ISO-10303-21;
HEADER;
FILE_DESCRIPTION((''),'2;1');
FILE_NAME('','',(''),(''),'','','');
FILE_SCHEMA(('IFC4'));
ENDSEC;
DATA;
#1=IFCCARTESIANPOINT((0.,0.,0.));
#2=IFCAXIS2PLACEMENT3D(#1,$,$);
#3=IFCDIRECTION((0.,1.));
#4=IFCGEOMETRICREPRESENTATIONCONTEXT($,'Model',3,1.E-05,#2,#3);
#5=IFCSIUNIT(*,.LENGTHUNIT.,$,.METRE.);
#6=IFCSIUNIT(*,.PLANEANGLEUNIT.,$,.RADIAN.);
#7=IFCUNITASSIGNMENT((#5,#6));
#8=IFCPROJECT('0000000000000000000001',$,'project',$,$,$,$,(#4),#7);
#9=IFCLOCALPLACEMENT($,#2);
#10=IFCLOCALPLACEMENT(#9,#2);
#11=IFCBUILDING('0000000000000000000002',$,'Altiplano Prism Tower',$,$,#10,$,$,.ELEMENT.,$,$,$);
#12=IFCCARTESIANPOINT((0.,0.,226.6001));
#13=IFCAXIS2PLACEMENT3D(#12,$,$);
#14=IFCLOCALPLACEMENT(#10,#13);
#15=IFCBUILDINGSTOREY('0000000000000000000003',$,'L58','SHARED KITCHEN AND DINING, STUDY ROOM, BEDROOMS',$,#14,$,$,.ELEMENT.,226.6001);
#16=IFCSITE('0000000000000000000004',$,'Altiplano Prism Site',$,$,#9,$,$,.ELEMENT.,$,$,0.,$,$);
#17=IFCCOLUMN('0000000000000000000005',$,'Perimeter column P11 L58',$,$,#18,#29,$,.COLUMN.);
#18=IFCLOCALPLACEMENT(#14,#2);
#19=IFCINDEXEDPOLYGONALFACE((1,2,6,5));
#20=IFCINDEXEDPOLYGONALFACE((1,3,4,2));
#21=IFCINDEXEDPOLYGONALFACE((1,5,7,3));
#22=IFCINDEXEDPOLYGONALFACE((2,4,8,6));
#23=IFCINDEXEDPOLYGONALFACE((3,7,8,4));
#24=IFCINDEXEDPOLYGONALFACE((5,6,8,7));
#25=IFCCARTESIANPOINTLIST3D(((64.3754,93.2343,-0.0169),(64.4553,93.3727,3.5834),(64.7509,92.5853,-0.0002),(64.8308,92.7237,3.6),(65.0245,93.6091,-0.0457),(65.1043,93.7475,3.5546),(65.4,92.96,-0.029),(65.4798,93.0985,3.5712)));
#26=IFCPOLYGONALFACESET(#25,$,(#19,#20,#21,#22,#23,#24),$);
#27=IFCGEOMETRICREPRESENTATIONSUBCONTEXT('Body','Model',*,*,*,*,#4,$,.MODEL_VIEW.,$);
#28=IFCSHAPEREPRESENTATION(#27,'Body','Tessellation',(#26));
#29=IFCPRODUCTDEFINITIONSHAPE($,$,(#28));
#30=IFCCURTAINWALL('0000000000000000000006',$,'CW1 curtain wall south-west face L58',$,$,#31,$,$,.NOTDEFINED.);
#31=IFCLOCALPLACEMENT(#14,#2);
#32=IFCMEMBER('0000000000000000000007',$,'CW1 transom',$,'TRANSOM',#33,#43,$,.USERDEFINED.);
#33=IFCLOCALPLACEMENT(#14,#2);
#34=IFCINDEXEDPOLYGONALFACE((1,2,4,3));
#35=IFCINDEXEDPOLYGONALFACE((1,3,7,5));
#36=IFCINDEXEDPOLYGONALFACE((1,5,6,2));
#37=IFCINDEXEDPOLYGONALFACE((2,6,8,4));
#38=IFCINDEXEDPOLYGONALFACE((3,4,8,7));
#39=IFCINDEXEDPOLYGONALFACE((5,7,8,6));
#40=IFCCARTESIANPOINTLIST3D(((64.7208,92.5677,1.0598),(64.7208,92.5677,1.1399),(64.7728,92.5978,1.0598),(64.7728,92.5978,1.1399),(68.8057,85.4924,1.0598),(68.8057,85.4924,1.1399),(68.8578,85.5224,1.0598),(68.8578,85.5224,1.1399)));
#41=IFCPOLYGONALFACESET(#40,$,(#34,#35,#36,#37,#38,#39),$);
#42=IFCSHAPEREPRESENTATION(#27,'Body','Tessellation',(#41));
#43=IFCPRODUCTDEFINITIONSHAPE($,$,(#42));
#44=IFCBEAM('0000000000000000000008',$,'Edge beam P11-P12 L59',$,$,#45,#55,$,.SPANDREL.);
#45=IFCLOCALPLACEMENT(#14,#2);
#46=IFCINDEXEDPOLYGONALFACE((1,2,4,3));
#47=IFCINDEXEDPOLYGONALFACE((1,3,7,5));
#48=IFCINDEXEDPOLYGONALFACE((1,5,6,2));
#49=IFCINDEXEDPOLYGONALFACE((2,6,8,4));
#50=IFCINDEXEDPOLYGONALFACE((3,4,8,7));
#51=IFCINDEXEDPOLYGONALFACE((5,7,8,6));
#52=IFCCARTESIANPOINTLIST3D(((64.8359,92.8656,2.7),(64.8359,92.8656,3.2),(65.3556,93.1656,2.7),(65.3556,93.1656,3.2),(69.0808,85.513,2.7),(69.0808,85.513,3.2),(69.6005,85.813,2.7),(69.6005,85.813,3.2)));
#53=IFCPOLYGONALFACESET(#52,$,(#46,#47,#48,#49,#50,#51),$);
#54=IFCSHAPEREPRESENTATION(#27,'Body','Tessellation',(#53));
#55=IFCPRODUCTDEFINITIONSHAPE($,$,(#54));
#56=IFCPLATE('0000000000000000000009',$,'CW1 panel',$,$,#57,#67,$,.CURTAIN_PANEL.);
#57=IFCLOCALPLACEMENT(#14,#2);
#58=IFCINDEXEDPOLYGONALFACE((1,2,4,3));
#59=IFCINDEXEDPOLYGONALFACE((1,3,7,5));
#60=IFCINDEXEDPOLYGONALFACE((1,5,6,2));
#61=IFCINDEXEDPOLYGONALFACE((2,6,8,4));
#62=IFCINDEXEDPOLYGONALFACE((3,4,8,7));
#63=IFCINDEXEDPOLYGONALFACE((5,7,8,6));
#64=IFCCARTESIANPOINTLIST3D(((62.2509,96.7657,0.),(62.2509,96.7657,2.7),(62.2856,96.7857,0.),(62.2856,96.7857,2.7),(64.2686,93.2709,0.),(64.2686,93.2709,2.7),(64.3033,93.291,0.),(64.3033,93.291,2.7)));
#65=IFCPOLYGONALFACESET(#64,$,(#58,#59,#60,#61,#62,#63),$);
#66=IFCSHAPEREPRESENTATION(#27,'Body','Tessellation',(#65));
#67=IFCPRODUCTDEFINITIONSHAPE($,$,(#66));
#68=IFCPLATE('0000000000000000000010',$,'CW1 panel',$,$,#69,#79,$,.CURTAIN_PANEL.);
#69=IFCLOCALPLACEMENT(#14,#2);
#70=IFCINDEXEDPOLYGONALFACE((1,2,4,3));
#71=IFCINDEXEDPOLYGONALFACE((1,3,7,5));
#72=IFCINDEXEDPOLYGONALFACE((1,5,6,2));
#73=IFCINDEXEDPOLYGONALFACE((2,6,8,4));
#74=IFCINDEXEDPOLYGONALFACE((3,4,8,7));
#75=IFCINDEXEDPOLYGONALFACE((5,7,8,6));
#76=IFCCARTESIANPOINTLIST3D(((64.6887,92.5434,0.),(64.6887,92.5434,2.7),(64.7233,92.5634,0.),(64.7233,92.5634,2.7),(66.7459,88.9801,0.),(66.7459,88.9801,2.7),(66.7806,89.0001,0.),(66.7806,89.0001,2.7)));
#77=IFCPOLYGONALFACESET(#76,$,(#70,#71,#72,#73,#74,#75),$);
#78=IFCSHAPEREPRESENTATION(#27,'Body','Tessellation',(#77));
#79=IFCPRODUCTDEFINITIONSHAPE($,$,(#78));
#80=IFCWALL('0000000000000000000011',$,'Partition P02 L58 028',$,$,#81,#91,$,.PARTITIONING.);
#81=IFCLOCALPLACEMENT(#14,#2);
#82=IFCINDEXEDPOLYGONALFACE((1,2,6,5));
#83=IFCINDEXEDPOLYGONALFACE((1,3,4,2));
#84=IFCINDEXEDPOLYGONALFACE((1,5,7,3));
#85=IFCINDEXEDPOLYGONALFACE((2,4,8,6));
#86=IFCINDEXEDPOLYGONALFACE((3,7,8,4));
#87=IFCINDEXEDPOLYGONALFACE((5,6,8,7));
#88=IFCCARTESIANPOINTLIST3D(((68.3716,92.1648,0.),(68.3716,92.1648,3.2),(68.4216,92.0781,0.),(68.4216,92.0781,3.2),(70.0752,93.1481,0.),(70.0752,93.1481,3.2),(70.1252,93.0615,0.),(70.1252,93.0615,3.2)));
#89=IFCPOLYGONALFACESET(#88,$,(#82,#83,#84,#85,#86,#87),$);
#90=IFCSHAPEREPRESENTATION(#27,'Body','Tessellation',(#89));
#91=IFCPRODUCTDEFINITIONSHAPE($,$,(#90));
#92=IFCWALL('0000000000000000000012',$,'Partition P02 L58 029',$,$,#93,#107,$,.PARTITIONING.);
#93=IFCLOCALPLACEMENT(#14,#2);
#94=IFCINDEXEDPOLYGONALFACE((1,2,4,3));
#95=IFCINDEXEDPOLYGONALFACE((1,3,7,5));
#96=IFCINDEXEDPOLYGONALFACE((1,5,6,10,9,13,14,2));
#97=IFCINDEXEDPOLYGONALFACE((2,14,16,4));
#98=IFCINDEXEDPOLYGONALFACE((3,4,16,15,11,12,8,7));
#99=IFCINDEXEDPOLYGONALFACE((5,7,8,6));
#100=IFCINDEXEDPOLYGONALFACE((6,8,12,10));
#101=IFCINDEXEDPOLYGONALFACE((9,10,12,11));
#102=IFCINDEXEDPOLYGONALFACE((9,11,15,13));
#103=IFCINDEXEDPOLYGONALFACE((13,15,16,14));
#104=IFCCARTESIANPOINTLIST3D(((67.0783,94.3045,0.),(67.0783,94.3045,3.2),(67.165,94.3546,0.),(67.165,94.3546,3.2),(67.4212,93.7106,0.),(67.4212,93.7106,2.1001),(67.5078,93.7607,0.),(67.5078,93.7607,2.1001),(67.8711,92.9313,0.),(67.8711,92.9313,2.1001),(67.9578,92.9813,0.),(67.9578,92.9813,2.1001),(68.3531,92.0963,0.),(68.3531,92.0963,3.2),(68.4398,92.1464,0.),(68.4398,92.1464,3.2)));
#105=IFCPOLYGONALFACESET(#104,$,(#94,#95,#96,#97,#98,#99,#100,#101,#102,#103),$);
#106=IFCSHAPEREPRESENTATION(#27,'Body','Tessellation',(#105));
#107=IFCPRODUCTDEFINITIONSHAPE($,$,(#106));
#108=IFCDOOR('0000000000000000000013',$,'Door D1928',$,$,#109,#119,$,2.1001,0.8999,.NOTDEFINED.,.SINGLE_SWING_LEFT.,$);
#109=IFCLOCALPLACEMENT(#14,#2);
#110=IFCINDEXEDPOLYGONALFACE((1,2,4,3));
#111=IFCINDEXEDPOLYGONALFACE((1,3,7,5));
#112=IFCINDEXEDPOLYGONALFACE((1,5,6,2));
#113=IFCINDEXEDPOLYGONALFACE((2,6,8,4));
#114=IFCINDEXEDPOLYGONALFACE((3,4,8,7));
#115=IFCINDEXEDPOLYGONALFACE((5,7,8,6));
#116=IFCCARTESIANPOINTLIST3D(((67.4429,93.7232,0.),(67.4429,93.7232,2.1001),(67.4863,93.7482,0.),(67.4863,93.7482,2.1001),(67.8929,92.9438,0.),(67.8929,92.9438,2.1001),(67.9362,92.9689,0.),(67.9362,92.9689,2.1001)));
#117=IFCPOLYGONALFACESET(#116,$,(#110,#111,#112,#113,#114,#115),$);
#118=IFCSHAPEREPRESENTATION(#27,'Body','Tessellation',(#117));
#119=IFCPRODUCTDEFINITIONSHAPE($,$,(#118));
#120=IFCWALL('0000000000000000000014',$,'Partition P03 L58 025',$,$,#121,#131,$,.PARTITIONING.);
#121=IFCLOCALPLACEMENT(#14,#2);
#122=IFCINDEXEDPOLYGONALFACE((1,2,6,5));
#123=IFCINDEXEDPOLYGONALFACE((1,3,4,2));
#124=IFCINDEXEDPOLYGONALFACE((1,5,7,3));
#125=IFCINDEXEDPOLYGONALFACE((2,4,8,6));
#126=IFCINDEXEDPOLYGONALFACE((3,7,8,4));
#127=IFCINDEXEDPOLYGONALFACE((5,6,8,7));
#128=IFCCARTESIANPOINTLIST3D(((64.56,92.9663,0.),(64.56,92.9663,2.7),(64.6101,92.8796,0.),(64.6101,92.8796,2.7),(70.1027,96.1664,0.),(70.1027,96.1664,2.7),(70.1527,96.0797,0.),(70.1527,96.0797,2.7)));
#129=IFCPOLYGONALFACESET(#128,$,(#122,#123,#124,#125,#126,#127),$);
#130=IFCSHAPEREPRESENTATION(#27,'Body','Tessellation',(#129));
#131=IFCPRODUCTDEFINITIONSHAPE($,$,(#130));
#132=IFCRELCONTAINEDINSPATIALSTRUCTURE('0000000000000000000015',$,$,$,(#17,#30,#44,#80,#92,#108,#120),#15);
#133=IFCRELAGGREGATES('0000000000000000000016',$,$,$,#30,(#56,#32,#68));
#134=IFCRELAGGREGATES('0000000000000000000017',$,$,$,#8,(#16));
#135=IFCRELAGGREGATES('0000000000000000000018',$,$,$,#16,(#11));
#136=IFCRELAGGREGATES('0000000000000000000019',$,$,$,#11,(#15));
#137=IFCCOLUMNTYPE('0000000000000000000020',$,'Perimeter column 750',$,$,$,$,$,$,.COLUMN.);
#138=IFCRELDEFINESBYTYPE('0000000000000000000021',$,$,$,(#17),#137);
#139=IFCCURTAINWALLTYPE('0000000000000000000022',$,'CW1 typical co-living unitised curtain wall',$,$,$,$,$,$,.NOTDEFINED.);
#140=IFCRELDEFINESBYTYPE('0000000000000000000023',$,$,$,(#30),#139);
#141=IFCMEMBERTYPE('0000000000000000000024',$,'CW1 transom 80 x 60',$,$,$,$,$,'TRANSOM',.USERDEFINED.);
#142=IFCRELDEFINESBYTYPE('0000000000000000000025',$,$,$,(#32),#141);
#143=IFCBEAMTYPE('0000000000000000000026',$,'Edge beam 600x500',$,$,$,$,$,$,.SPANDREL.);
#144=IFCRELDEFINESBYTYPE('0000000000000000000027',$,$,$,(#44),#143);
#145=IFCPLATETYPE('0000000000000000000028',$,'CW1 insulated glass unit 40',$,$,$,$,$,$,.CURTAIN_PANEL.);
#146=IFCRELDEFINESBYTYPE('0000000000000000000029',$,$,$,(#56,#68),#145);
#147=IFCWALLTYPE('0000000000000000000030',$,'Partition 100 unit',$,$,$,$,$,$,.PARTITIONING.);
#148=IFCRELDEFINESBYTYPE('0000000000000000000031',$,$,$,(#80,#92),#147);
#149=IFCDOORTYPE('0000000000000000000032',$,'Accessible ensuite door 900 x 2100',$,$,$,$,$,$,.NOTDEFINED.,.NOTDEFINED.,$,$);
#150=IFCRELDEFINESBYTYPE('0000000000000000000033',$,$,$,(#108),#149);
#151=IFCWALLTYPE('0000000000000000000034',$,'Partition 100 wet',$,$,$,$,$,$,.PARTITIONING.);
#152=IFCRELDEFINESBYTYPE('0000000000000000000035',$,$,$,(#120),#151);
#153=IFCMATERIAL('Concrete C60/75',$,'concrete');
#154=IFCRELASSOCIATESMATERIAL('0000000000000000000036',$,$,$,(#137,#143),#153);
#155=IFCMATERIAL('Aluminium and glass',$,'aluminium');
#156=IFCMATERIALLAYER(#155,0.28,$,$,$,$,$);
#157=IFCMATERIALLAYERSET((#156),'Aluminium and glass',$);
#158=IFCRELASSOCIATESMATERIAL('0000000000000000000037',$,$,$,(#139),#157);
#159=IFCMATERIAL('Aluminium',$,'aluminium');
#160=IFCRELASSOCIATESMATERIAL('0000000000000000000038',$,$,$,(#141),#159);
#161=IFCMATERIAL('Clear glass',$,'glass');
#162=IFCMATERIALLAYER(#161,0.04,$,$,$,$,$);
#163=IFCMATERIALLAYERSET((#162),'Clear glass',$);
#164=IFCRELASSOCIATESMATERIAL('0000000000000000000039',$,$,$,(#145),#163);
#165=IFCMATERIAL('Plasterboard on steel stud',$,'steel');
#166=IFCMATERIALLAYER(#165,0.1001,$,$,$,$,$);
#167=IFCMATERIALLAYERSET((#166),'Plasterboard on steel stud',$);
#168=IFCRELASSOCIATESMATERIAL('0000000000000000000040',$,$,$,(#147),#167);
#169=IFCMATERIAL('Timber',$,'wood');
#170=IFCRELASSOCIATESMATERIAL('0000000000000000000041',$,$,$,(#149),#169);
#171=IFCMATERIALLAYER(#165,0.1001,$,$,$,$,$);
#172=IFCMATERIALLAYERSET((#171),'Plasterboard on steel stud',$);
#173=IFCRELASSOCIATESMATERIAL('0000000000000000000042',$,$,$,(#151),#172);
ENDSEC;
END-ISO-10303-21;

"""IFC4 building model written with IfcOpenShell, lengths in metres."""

from ifc_helpers import new_model, si_unit, direction, frame, frame_2d, origin, origin_2d, place, context, subcontext, project, spatial, rectangle, extrude, material, layer, layer_set, material_profile, profile_set, type_object, element, fill, aggregate, save


model = new_model("IFC4")

# Units and contexts
model_context = context("Model", 3, precision=1e-05, world=origin(), true_north=direction((0.0, 1.0)))
body_context = subcontext(model_context, "Body", "Model", "MODEL_VIEW")
ifc_project = project(units=[si_unit("LENGTHUNIT", "METRE"), si_unit("PLANEANGLEUNIT", "RADIAN")], contexts=[model_context])

# Site, building, storey
site_placement = place(None, origin())
site = spatial("IfcSite", under=ifc_project, at=site_placement, Name="Altiplano Prism Site", CompositionType="ELEMENT", RefElevation=0.0)
building_placement = place(site_placement, origin())
building = spatial("IfcBuilding", under=site, at=building_placement, Name="Altiplano Prism Tower", CompositionType="ELEMENT")
storey_placement = place(building_placement, frame((0.0, 0.0, 226.6001)))
storey = spatial("IfcBuildingStorey", under=building, at=storey_placement, Name="L58", Description="SHARED KITCHEN AND DINING, STUDY ROOM, BEDROOMS", CompositionType="ELEMENT", Elevation=226.6001)

# Column
ifc_material_1 = material(Name="Concrete C60/75", Category="concrete")
ifc_material_profile_1 = material_profile(ifc_material_1, rectangle(XDim=0.75, YDim=0.75, at=origin_2d()), Name="Perimeter column 750")
ifc_profile_set_1 = profile_set([ifc_material_profile_1], Name="Concrete C60/75")
column_type = type_object("IfcColumnType", Name="Perimeter column 750", PredefinedType="COLUMN", material=ifc_profile_set_1)
column_placement = place(storey_placement, frame((64.8877, 93.0972, -0.0229), z_axis=(0.022154, 0.038413, 0.999016), x_axis=(-0.865362, -0.499674, 0.038403)))
element("IfcColumn", 1, at=column_placement, inside=storey, type_object=column_type, Name="Perimeter column P11 L58", PredefinedType="COLUMN", context=body_context, shape_type="SweptSolid", body=[
    extrude(rectangle(XDim=0.75, YDim=0.75, at=origin_2d()), origin(), (0.0, 0.0, 1.0), 3.6038),
])

# Curtain wall, member
ifc_material_2 = material(Name="Aluminium and glass", Category="aluminium")
ifc_layer_1 = layer(ifc_material_2, 0.28)
ifc_layer_set_1 = layer_set([ifc_layer_1], Name="Aluminium and glass")
curtain_wall_type = type_object("IfcCurtainWallType", Name="CW1 typical co-living unitised curtain wall", PredefinedType="NOTDEFINED", material=ifc_layer_set_1)
curtain_wall_placement = place(storey_placement, origin())
curtain_wall = element("IfcCurtainWall", 2, at=curtain_wall_placement, inside=storey, type_object=curtain_wall_type, Name="CW1 curtain wall south-west face L58", PredefinedType="NOTDEFINED")
ifc_material_3 = material(Name="Aluminium", Category="aluminium")
ifc_material_profile_2 = material_profile(ifc_material_3, rectangle(XDim=0.0601, YDim=0.0801, at=origin_2d()), Name="CW1 transom 80 x 60")
ifc_profile_set_2 = profile_set([ifc_material_profile_2], Name="Aluminium")
member_type = type_object("IfcMemberType", Name="CW1 transom 80 x 60", ElementType="TRANSOM", PredefinedType="USERDEFINED", material=ifc_profile_set_2)
member_placement = place(storey_placement, frame((64.7468, 92.5828, 1.0999), z_axis=(0.499996, -0.866028, 0.0), x_axis=(0.866028, 0.499996, 0.0)))
member = element("IfcMember", 3, at=member_placement, type_object=member_type, Name="CW1 transom", ObjectType="TRANSOM", PredefinedType="USERDEFINED", context=body_context, shape_type="SweptSolid", body=[
    extrude(rectangle(XDim=0.0601, YDim=0.0801, at=origin_2d()), origin(), (0.0, 0.0, 1.0), 8.1699),
])

# Beam
ifc_material_profile_3 = material_profile(ifc_material_1, rectangle(XDim=0.6001, YDim=0.5, at=origin_2d()), Name="Edge beam 600x500")
ifc_profile_set_3 = profile_set([ifc_material_profile_3], Name="Concrete C60/75")
beam_type = type_object("IfcBeamType", Name="Edge beam 600x500", PredefinedType="SPANDREL", material=ifc_profile_set_3)
beam_placement = place(storey_placement, frame((65.0957, 93.0156, 2.95), z_axis=(0.49999, -0.866031, 0.0), x_axis=(0.866031, 0.49999, 0.0)))
element("IfcBeam", 4, at=beam_placement, inside=storey, type_object=beam_type, Name="Edge beam P11-P12 L59", PredefinedType="SPANDREL", context=body_context, shape_type="SweptSolid", body=[
    extrude(rectangle(XDim=0.6001, YDim=0.5, at=origin_2d()), origin(), (0.0, 0.0, 1.0), 8.49),
])

# Plates
ifc_material_4 = material(Name="Clear glass", Category="glass")
ifc_layer_2 = layer(ifc_material_4, 0.04)
ifc_layer_set_2 = layer_set([ifc_layer_2], Name="Clear glass")
plate_type = type_object("IfcPlateType", Name="CW1 insulated glass unit 40", PredefinedType="CURTAIN_PANEL", material=ifc_layer_set_2)
plate_1_placement = place(storey_placement, frame((63.2771, 95.0283, 0.0), z_axis=(0.0, 0.0, 1.0), x_axis=(0.5, -0.866025, 0.0)))
plate_1 = element("IfcPlate", 5, at=plate_1_placement, type_object=plate_type, Name="CW1 panel", PredefinedType="CURTAIN_PANEL", context=body_context, shape_type="SweptSolid", body=[
    extrude(rectangle(XDim=4.0354, YDim=0.04, at=origin_2d()), origin(), (0.0, 0.0, 1.0), 2.7),
])
plate_2_placement = place(storey_placement, frame((65.7346, 90.7717, 0.0), z_axis=(0.0, 0.0, 1.0), x_axis=(0.5, -0.866025, 0.0)))
plate_2 = element("IfcPlate", 6, at=plate_2_placement, type_object=plate_type, Name="CW1 panel", PredefinedType="CURTAIN_PANEL", context=body_context, shape_type="SweptSolid", body=[
    extrude(rectangle(XDim=4.1145, YDim=0.04, at=origin_2d()), origin(), (0.0, 0.0, 1.0), 2.7),
])
aggregate(curtain_wall, [plate_1, member, plate_2])

# Wall
ifc_material_5 = material(Name="Plasterboard on steel stud", Category="steel")
ifc_layer_3 = layer(ifc_material_5, 0.1001)
ifc_layer_set_3 = layer_set([ifc_layer_3], Name="Plasterboard on steel stud")
wall_type_1 = type_object("IfcWallType", Name="Partition 100 unit", PredefinedType="PARTITIONING", material=ifc_layer_set_3)
wall_1_placement = place(storey_placement, frame((70.1001, 93.1047, 0.0), z_axis=(0.0, 0.0, 1.0), x_axis=(-0.866066, -0.49993, 0.0)))
element("IfcWall", 7, at=wall_1_placement, inside=storey, type_object=wall_type_1, Name="Partition P02 L58 028", PredefinedType="PARTITIONING", context=body_context, shape_type="SweptSolid", body=[
    extrude(rectangle(XDim=1.967, YDim=0.1001, at=frame_2d((0.9834, 0.0))), origin(), (0.0, 0.0, 1.0), 3.2),
])

# Wall, opening, door
wall_2_placement = place(storey_placement, frame((68.3965, 92.1213, 0.0), z_axis=(0.0, 0.0, 1.0), x_axis=(-0.49999, 0.866031, 0.0)))
wall_2 = element("IfcWall", 8, at=wall_2_placement, inside=storey, type_object=wall_type_1, Name="Partition P02 L58 029", PredefinedType="PARTITIONING", context=body_context, shape_type="SweptSolid", body=[
    extrude(rectangle(XDim=2.5498, YDim=0.1001, at=frame_2d((1.2749, 0.0))), origin(), (0.0, 0.0, 1.0), 3.2),
])
opening_placement = place(wall_2_placement, frame((0.9641, 0.0, 0.0)))
opening = element("IfcOpeningElement", 9, at=opening_placement, cuts=wall_2, PredefinedType="OPENING", context=body_context, shape_type="SweptSolid", body=[
    extrude(rectangle(XDim=0.8999, YDim=2.1001, at=frame_2d((0.45, 1.05))), frame((0.0, 0.0605, 0.0), z_axis=(0.0, -1.0, 0.0), x_axis=(1.0, 0.0, 0.0)), (0.0, 0.0, 1.0), 0.1211),
])
ifc_material_6 = material(Name="Timber", Category="wood")
door_type = type_object("IfcDoorType", Name="Accessible ensuite door 900 x 2100", OperationType="NOTDEFINED", PredefinedType="NOTDEFINED", material=ifc_material_6)
door_placement = place(opening_placement, origin())
door = element("IfcDoor", 10, at=door_placement, inside=storey, type_object=door_type, Name="Door D1928", OperationType="SINGLE_SWING_LEFT", OverallHeight=2.1001, OverallWidth=0.8999, PredefinedType="NOTDEFINED", context=body_context, shape_type="SweptSolid", body=[
    extrude(rectangle(XDim=0.8999, YDim=2.1001, at=frame_2d((0.45, 1.05))), frame((0.0, 0.0249, 0.0), z_axis=(0.0, -1.0, 0.0), x_axis=(1.0, 0.0, 0.0)), (0.0, 0.0, 1.0), 0.05),
])
fill(opening, door)

# Wall
ifc_layer_4 = layer(ifc_material_5, 0.1001)
ifc_layer_set_4 = layer_set([ifc_layer_4], Name="Plasterboard on steel stud")
wall_type_2 = type_object("IfcWallType", Name="Partition 100 wet", PredefinedType="PARTITIONING", material=ifc_layer_set_4)
wall_3_placement = place(storey_placement, frame((64.585, 92.9229, 0.0), z_axis=(0.0, 0.0, 1.0), x_axis=(0.866019, 0.500012, 0.0)))
element("IfcWall", 11, at=wall_3_placement, inside=storey, type_object=wall_type_2, Name="Partition P03 L58 025", PredefinedType="PARTITIONING", context=body_context, shape_type="SweptSolid", body=[
    extrude(rectangle(XDim=6.4001, YDim=0.1001, at=frame_2d((3.2002, 0.0))), origin(), (0.0, 0.0, 1.0), 2.7),
])

save(model, "model.ifc")
